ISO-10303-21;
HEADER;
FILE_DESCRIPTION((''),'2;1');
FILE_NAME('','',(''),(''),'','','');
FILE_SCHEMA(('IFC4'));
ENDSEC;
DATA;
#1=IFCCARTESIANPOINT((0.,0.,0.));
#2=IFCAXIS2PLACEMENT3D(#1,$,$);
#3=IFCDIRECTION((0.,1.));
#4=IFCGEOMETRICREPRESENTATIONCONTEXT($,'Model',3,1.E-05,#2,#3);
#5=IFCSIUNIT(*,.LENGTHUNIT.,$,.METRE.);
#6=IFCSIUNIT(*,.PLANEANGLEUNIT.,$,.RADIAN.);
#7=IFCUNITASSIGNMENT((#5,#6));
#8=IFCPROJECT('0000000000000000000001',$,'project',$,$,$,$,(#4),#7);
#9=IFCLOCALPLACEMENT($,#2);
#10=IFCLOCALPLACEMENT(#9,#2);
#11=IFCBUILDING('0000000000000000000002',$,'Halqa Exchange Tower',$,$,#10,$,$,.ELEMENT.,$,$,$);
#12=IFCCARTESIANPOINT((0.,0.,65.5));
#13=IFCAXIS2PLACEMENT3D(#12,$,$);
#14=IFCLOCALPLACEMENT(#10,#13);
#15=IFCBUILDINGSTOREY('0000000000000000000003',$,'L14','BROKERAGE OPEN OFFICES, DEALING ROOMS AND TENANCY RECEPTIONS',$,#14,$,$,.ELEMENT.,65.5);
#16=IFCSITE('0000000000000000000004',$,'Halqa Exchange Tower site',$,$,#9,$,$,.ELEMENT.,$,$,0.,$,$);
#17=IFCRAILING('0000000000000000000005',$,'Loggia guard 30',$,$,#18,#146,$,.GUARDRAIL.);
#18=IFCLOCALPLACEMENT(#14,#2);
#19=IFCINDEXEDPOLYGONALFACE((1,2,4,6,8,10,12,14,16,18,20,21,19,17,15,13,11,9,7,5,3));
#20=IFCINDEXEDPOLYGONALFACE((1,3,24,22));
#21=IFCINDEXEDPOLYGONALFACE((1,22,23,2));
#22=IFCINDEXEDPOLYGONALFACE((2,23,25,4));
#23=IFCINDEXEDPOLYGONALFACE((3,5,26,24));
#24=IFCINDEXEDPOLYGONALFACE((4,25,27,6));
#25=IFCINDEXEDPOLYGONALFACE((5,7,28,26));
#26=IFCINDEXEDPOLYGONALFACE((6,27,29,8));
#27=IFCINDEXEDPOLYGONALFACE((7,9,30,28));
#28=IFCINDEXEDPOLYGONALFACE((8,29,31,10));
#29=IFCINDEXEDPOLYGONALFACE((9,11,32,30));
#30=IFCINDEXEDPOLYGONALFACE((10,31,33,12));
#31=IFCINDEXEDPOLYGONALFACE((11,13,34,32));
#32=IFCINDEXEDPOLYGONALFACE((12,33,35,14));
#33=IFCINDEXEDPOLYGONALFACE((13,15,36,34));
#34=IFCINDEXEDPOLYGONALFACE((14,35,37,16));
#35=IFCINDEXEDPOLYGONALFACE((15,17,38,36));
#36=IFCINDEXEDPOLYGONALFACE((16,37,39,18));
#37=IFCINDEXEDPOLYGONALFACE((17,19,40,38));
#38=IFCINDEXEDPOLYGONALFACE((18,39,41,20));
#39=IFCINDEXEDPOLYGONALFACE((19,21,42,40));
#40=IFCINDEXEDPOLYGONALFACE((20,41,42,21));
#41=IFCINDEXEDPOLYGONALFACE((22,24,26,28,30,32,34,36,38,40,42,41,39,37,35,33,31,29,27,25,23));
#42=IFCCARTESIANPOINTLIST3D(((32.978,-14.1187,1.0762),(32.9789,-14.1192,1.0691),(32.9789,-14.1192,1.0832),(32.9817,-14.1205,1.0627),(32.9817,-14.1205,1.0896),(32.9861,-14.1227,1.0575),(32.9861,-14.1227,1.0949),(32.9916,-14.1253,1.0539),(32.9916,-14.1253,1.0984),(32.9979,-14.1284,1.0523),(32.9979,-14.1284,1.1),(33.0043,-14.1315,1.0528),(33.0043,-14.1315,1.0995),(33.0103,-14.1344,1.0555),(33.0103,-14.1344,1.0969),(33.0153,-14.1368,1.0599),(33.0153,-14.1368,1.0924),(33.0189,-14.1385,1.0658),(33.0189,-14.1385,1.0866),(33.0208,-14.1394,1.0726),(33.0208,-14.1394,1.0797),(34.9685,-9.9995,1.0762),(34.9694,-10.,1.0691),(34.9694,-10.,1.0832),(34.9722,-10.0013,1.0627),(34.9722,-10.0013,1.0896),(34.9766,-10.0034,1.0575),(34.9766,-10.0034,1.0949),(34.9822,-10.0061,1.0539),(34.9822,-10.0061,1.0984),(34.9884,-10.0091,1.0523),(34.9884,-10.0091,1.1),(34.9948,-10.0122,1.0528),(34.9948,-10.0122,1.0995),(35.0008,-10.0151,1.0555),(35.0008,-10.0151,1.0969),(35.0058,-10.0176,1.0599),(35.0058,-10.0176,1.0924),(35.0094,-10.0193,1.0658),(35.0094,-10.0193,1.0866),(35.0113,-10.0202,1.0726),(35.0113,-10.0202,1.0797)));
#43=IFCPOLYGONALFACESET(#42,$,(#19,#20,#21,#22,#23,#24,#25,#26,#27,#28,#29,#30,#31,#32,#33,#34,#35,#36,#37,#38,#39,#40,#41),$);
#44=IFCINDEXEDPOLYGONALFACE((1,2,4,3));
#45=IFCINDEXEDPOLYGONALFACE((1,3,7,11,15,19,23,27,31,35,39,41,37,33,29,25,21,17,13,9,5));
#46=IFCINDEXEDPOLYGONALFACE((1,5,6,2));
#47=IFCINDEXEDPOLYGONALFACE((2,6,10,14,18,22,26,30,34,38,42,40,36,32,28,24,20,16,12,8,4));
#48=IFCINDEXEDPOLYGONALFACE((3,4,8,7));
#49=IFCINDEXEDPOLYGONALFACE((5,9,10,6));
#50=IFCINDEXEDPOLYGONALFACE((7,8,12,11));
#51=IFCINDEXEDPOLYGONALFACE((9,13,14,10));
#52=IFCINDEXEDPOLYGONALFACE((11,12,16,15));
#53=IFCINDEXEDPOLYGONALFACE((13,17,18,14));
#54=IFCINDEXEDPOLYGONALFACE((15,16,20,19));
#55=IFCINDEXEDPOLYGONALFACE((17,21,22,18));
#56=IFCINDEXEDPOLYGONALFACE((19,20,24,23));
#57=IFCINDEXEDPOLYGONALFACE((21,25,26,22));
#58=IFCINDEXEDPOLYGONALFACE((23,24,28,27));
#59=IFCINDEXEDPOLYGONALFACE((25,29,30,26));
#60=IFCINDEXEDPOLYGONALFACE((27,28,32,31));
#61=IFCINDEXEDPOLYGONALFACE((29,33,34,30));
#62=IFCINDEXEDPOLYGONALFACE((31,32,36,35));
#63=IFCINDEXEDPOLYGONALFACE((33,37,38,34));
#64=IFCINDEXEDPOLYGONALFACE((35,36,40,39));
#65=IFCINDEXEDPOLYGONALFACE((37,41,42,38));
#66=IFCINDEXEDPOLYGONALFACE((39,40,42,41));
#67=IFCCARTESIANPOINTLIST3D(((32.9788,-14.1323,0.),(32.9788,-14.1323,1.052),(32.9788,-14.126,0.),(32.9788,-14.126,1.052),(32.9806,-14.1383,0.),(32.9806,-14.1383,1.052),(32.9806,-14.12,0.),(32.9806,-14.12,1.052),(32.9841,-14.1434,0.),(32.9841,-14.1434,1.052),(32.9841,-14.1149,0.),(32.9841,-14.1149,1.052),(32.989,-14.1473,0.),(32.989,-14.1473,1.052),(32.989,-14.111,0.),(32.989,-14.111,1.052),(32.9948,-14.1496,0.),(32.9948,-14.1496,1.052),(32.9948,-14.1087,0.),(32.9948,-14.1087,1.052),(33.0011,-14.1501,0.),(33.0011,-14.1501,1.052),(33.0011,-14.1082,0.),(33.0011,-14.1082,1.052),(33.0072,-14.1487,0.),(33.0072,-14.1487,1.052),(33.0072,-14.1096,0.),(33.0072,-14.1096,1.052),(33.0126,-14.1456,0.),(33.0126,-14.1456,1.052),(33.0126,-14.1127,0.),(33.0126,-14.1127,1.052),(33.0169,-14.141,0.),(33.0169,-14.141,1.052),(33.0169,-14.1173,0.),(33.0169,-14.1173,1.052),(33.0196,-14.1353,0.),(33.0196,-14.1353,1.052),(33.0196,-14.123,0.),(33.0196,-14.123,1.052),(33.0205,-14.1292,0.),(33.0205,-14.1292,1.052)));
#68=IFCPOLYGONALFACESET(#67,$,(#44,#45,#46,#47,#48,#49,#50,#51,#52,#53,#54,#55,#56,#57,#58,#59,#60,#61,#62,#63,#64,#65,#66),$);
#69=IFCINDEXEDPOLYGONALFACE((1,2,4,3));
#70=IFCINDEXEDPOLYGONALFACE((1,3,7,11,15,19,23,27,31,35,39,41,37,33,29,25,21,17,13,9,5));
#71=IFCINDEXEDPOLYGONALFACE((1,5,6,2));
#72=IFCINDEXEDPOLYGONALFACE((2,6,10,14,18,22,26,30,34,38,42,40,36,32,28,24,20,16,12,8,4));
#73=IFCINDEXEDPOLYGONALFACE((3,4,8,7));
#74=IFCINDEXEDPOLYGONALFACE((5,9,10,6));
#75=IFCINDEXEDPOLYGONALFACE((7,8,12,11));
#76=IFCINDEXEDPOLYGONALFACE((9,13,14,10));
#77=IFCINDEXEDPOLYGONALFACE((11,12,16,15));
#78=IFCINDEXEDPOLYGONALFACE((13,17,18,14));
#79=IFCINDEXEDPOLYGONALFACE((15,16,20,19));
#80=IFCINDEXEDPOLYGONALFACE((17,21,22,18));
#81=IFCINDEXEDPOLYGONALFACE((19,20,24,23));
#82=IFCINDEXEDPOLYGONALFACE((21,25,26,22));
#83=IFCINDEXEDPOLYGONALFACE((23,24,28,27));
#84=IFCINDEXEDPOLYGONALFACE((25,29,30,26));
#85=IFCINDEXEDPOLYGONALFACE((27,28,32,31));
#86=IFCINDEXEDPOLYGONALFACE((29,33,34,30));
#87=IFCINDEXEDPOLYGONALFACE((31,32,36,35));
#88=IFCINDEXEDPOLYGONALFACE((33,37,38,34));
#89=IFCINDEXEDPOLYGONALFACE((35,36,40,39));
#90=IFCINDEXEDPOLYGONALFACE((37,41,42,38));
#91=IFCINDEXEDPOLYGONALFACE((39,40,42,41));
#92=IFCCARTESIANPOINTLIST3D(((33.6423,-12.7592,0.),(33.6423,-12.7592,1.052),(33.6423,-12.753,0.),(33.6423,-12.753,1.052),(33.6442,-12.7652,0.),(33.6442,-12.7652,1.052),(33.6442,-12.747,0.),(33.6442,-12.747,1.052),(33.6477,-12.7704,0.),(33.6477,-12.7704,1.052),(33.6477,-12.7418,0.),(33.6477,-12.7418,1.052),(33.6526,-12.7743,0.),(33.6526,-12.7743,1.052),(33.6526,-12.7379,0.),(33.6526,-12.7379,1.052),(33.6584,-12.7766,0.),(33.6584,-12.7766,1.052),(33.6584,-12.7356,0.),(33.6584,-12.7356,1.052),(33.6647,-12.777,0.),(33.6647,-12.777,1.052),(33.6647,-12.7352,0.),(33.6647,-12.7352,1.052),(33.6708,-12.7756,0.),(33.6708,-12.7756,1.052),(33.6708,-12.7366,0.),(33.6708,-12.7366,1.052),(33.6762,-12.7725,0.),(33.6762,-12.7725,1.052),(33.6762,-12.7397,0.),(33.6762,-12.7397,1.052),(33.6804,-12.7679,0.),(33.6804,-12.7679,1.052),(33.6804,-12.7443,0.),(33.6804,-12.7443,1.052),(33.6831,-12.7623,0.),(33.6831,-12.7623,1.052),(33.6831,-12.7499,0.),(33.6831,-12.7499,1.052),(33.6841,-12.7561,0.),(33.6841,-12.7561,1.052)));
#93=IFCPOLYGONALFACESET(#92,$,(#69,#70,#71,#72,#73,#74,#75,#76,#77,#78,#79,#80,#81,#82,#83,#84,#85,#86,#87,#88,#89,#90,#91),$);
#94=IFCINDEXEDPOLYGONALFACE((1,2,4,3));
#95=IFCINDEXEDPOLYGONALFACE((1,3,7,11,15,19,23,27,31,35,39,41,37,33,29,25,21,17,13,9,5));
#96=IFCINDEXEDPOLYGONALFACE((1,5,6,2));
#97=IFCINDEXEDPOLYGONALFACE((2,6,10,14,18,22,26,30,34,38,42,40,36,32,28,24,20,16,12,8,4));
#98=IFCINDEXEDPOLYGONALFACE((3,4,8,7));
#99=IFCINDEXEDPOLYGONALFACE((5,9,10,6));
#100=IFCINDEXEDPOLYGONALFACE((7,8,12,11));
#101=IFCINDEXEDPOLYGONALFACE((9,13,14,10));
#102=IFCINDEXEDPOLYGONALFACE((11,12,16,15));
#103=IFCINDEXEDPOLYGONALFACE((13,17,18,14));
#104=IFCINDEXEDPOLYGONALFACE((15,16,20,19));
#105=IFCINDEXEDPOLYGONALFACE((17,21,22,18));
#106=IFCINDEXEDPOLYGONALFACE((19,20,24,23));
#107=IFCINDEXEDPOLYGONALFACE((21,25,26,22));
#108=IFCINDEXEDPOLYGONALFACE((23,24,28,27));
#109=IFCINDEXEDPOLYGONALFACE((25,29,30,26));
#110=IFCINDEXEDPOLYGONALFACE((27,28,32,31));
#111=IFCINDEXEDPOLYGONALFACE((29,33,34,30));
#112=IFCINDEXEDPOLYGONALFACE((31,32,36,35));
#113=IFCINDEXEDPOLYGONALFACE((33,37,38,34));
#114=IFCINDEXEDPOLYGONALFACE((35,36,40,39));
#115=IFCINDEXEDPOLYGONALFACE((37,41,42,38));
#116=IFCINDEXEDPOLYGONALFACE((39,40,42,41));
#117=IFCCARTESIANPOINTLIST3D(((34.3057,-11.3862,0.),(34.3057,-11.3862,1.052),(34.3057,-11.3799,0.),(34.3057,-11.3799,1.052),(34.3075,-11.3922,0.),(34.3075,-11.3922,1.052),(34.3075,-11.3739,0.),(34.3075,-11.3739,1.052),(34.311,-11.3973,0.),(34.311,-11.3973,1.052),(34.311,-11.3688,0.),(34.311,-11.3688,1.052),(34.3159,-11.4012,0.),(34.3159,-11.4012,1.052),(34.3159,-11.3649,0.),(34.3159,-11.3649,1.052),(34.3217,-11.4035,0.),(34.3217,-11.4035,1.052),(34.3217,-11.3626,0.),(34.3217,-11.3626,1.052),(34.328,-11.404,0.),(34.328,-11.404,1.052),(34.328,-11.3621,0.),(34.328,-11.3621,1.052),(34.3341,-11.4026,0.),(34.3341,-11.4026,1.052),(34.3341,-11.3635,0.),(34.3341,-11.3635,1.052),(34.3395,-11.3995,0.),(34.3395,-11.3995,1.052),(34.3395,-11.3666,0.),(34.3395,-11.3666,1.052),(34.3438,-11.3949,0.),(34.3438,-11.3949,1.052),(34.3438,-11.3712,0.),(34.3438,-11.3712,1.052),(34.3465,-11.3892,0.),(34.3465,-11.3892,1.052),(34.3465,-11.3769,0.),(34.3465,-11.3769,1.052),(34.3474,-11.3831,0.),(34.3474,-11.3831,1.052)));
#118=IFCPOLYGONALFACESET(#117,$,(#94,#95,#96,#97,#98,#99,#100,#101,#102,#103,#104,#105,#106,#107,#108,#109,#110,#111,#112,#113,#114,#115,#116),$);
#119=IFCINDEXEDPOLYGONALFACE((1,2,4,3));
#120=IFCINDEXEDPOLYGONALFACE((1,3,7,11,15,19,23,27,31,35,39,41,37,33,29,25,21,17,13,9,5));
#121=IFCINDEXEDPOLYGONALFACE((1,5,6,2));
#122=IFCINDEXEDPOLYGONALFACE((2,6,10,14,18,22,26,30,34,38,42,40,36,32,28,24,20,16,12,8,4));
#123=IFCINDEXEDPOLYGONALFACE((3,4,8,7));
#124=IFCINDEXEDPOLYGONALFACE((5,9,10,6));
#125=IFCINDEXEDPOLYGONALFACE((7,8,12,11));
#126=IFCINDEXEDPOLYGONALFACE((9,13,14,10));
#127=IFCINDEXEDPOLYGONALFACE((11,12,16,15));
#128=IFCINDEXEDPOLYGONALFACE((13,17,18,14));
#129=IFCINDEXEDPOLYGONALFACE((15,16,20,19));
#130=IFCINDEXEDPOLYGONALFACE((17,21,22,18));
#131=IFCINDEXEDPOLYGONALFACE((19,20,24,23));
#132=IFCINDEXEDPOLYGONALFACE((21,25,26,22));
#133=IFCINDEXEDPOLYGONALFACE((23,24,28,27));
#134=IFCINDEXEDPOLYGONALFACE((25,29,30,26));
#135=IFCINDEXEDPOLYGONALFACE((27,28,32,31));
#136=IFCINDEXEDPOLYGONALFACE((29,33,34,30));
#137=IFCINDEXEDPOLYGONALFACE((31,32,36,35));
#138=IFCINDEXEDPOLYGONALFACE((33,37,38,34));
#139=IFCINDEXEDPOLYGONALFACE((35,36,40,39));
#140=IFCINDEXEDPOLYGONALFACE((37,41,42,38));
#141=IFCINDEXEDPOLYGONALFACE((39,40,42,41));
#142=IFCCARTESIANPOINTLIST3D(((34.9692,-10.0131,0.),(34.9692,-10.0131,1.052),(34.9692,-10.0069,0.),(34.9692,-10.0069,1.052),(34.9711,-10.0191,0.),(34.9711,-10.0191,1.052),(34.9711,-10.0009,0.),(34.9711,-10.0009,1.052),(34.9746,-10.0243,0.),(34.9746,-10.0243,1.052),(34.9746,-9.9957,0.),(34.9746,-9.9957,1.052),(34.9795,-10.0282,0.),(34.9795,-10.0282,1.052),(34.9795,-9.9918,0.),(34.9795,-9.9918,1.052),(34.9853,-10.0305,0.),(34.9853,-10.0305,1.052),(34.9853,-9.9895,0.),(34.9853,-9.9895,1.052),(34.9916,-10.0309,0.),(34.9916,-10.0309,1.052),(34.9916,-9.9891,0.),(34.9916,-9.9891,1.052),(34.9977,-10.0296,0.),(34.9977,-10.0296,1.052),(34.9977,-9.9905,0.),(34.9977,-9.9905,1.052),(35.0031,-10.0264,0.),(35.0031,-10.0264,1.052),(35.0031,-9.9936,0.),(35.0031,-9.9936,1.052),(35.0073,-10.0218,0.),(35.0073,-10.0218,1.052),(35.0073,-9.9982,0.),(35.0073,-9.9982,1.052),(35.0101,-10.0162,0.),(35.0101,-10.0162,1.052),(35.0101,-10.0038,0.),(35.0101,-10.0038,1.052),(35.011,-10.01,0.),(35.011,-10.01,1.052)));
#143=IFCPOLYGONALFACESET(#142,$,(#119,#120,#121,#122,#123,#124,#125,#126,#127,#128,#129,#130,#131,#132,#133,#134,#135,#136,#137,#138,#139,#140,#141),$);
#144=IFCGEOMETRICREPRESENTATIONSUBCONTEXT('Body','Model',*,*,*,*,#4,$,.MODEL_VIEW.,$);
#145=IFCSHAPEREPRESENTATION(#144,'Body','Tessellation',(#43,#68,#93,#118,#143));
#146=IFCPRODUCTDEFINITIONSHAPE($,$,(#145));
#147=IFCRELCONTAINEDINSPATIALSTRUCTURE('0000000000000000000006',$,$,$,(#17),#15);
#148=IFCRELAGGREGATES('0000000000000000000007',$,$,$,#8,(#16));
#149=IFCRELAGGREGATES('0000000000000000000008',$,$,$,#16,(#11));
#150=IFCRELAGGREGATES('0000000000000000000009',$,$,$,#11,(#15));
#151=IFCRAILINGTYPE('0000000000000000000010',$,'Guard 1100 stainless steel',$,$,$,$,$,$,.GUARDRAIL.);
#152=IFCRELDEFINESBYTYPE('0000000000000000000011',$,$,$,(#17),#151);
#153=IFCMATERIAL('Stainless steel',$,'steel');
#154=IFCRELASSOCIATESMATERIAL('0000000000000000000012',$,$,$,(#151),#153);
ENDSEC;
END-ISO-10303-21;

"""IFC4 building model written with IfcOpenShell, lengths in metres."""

from ifc_helpers import new_model, si_unit, direction, frame, origin, origin_2d, place, context, subcontext, project, spatial, circle, extrude, material, type_object, element, save


model = new_model("IFC4")

# Units and contexts
model_context = context("Model", 3, precision=1e-05, world=origin(), true_north=direction((0.0, 1.0)))
body_context = subcontext(model_context, "Body", "Model", "MODEL_VIEW")
ifc_project = project(units=[si_unit("LENGTHUNIT", "METRE"), si_unit("PLANEANGLEUNIT", "RADIAN")], contexts=[model_context])

# Site, building, storey
site_placement = place(None, origin())
site = spatial("IfcSite", under=ifc_project, at=site_placement, Name="Halqa Exchange Tower site", CompositionType="ELEMENT", RefElevation=0.0)
building_placement = place(site_placement, origin())
building = spatial("IfcBuilding", under=site, at=building_placement, Name="Halqa Exchange Tower", CompositionType="ELEMENT")
storey_placement = place(building_placement, frame((0.0, 0.0, 65.5)))
storey = spatial("IfcBuildingStorey", under=building, at=storey_placement, Name="L14", Description="BROKERAGE OPEN OFFICES, DEALING ROOMS AND TENANCY RECEPTIONS", CompositionType="ELEMENT", Elevation=65.5)

# Railing
ifc_material_1 = material(Name="Stainless steel", Category="steel")
railing_type = type_object("IfcRailingType", Name="Guard 1100 stainless steel", PredefinedType="GUARDRAIL", material=ifc_material_1)
railing_1_placement = place(storey_placement, frame((32.9995, -14.1292, 0.0)))
element("IfcRailing", 1, at=railing_1_placement, inside=storey, type_object=railing_type, Name="Loggia guard 30", PredefinedType="GUARDRAIL", context=body_context, shape_type="SweptSolid", body=[
    extrude(circle(Radius=0.0239, at=origin_2d()), frame((0.0, 0.0, 1.0762), z_axis=(0.435091, 0.900387, 0.0), x_axis=(-0.900387, 0.435091, 0.0)), (0.0, 0.0, 1.0), 4.575),
    extrude(circle(Radius=0.021, at=origin_2d()), origin(), (0.0, 0.0, 1.0), 1.052),
    extrude(circle(Radius=0.021, at=origin_2d()), frame((0.6636, 1.373, 0.0)), (0.0, 0.0, 1.0), 1.052),
    extrude(circle(Radius=0.021, at=origin_2d()), frame((1.3269, 2.7461, 0.0)), (0.0, 0.0, 1.0), 1.052),
    extrude(circle(Radius=0.021, at=origin_2d()), frame((1.9905, 4.1191, 0.0)), (0.0, 0.0, 1.0), 1.052),
])

save(model, "model.ifc")
